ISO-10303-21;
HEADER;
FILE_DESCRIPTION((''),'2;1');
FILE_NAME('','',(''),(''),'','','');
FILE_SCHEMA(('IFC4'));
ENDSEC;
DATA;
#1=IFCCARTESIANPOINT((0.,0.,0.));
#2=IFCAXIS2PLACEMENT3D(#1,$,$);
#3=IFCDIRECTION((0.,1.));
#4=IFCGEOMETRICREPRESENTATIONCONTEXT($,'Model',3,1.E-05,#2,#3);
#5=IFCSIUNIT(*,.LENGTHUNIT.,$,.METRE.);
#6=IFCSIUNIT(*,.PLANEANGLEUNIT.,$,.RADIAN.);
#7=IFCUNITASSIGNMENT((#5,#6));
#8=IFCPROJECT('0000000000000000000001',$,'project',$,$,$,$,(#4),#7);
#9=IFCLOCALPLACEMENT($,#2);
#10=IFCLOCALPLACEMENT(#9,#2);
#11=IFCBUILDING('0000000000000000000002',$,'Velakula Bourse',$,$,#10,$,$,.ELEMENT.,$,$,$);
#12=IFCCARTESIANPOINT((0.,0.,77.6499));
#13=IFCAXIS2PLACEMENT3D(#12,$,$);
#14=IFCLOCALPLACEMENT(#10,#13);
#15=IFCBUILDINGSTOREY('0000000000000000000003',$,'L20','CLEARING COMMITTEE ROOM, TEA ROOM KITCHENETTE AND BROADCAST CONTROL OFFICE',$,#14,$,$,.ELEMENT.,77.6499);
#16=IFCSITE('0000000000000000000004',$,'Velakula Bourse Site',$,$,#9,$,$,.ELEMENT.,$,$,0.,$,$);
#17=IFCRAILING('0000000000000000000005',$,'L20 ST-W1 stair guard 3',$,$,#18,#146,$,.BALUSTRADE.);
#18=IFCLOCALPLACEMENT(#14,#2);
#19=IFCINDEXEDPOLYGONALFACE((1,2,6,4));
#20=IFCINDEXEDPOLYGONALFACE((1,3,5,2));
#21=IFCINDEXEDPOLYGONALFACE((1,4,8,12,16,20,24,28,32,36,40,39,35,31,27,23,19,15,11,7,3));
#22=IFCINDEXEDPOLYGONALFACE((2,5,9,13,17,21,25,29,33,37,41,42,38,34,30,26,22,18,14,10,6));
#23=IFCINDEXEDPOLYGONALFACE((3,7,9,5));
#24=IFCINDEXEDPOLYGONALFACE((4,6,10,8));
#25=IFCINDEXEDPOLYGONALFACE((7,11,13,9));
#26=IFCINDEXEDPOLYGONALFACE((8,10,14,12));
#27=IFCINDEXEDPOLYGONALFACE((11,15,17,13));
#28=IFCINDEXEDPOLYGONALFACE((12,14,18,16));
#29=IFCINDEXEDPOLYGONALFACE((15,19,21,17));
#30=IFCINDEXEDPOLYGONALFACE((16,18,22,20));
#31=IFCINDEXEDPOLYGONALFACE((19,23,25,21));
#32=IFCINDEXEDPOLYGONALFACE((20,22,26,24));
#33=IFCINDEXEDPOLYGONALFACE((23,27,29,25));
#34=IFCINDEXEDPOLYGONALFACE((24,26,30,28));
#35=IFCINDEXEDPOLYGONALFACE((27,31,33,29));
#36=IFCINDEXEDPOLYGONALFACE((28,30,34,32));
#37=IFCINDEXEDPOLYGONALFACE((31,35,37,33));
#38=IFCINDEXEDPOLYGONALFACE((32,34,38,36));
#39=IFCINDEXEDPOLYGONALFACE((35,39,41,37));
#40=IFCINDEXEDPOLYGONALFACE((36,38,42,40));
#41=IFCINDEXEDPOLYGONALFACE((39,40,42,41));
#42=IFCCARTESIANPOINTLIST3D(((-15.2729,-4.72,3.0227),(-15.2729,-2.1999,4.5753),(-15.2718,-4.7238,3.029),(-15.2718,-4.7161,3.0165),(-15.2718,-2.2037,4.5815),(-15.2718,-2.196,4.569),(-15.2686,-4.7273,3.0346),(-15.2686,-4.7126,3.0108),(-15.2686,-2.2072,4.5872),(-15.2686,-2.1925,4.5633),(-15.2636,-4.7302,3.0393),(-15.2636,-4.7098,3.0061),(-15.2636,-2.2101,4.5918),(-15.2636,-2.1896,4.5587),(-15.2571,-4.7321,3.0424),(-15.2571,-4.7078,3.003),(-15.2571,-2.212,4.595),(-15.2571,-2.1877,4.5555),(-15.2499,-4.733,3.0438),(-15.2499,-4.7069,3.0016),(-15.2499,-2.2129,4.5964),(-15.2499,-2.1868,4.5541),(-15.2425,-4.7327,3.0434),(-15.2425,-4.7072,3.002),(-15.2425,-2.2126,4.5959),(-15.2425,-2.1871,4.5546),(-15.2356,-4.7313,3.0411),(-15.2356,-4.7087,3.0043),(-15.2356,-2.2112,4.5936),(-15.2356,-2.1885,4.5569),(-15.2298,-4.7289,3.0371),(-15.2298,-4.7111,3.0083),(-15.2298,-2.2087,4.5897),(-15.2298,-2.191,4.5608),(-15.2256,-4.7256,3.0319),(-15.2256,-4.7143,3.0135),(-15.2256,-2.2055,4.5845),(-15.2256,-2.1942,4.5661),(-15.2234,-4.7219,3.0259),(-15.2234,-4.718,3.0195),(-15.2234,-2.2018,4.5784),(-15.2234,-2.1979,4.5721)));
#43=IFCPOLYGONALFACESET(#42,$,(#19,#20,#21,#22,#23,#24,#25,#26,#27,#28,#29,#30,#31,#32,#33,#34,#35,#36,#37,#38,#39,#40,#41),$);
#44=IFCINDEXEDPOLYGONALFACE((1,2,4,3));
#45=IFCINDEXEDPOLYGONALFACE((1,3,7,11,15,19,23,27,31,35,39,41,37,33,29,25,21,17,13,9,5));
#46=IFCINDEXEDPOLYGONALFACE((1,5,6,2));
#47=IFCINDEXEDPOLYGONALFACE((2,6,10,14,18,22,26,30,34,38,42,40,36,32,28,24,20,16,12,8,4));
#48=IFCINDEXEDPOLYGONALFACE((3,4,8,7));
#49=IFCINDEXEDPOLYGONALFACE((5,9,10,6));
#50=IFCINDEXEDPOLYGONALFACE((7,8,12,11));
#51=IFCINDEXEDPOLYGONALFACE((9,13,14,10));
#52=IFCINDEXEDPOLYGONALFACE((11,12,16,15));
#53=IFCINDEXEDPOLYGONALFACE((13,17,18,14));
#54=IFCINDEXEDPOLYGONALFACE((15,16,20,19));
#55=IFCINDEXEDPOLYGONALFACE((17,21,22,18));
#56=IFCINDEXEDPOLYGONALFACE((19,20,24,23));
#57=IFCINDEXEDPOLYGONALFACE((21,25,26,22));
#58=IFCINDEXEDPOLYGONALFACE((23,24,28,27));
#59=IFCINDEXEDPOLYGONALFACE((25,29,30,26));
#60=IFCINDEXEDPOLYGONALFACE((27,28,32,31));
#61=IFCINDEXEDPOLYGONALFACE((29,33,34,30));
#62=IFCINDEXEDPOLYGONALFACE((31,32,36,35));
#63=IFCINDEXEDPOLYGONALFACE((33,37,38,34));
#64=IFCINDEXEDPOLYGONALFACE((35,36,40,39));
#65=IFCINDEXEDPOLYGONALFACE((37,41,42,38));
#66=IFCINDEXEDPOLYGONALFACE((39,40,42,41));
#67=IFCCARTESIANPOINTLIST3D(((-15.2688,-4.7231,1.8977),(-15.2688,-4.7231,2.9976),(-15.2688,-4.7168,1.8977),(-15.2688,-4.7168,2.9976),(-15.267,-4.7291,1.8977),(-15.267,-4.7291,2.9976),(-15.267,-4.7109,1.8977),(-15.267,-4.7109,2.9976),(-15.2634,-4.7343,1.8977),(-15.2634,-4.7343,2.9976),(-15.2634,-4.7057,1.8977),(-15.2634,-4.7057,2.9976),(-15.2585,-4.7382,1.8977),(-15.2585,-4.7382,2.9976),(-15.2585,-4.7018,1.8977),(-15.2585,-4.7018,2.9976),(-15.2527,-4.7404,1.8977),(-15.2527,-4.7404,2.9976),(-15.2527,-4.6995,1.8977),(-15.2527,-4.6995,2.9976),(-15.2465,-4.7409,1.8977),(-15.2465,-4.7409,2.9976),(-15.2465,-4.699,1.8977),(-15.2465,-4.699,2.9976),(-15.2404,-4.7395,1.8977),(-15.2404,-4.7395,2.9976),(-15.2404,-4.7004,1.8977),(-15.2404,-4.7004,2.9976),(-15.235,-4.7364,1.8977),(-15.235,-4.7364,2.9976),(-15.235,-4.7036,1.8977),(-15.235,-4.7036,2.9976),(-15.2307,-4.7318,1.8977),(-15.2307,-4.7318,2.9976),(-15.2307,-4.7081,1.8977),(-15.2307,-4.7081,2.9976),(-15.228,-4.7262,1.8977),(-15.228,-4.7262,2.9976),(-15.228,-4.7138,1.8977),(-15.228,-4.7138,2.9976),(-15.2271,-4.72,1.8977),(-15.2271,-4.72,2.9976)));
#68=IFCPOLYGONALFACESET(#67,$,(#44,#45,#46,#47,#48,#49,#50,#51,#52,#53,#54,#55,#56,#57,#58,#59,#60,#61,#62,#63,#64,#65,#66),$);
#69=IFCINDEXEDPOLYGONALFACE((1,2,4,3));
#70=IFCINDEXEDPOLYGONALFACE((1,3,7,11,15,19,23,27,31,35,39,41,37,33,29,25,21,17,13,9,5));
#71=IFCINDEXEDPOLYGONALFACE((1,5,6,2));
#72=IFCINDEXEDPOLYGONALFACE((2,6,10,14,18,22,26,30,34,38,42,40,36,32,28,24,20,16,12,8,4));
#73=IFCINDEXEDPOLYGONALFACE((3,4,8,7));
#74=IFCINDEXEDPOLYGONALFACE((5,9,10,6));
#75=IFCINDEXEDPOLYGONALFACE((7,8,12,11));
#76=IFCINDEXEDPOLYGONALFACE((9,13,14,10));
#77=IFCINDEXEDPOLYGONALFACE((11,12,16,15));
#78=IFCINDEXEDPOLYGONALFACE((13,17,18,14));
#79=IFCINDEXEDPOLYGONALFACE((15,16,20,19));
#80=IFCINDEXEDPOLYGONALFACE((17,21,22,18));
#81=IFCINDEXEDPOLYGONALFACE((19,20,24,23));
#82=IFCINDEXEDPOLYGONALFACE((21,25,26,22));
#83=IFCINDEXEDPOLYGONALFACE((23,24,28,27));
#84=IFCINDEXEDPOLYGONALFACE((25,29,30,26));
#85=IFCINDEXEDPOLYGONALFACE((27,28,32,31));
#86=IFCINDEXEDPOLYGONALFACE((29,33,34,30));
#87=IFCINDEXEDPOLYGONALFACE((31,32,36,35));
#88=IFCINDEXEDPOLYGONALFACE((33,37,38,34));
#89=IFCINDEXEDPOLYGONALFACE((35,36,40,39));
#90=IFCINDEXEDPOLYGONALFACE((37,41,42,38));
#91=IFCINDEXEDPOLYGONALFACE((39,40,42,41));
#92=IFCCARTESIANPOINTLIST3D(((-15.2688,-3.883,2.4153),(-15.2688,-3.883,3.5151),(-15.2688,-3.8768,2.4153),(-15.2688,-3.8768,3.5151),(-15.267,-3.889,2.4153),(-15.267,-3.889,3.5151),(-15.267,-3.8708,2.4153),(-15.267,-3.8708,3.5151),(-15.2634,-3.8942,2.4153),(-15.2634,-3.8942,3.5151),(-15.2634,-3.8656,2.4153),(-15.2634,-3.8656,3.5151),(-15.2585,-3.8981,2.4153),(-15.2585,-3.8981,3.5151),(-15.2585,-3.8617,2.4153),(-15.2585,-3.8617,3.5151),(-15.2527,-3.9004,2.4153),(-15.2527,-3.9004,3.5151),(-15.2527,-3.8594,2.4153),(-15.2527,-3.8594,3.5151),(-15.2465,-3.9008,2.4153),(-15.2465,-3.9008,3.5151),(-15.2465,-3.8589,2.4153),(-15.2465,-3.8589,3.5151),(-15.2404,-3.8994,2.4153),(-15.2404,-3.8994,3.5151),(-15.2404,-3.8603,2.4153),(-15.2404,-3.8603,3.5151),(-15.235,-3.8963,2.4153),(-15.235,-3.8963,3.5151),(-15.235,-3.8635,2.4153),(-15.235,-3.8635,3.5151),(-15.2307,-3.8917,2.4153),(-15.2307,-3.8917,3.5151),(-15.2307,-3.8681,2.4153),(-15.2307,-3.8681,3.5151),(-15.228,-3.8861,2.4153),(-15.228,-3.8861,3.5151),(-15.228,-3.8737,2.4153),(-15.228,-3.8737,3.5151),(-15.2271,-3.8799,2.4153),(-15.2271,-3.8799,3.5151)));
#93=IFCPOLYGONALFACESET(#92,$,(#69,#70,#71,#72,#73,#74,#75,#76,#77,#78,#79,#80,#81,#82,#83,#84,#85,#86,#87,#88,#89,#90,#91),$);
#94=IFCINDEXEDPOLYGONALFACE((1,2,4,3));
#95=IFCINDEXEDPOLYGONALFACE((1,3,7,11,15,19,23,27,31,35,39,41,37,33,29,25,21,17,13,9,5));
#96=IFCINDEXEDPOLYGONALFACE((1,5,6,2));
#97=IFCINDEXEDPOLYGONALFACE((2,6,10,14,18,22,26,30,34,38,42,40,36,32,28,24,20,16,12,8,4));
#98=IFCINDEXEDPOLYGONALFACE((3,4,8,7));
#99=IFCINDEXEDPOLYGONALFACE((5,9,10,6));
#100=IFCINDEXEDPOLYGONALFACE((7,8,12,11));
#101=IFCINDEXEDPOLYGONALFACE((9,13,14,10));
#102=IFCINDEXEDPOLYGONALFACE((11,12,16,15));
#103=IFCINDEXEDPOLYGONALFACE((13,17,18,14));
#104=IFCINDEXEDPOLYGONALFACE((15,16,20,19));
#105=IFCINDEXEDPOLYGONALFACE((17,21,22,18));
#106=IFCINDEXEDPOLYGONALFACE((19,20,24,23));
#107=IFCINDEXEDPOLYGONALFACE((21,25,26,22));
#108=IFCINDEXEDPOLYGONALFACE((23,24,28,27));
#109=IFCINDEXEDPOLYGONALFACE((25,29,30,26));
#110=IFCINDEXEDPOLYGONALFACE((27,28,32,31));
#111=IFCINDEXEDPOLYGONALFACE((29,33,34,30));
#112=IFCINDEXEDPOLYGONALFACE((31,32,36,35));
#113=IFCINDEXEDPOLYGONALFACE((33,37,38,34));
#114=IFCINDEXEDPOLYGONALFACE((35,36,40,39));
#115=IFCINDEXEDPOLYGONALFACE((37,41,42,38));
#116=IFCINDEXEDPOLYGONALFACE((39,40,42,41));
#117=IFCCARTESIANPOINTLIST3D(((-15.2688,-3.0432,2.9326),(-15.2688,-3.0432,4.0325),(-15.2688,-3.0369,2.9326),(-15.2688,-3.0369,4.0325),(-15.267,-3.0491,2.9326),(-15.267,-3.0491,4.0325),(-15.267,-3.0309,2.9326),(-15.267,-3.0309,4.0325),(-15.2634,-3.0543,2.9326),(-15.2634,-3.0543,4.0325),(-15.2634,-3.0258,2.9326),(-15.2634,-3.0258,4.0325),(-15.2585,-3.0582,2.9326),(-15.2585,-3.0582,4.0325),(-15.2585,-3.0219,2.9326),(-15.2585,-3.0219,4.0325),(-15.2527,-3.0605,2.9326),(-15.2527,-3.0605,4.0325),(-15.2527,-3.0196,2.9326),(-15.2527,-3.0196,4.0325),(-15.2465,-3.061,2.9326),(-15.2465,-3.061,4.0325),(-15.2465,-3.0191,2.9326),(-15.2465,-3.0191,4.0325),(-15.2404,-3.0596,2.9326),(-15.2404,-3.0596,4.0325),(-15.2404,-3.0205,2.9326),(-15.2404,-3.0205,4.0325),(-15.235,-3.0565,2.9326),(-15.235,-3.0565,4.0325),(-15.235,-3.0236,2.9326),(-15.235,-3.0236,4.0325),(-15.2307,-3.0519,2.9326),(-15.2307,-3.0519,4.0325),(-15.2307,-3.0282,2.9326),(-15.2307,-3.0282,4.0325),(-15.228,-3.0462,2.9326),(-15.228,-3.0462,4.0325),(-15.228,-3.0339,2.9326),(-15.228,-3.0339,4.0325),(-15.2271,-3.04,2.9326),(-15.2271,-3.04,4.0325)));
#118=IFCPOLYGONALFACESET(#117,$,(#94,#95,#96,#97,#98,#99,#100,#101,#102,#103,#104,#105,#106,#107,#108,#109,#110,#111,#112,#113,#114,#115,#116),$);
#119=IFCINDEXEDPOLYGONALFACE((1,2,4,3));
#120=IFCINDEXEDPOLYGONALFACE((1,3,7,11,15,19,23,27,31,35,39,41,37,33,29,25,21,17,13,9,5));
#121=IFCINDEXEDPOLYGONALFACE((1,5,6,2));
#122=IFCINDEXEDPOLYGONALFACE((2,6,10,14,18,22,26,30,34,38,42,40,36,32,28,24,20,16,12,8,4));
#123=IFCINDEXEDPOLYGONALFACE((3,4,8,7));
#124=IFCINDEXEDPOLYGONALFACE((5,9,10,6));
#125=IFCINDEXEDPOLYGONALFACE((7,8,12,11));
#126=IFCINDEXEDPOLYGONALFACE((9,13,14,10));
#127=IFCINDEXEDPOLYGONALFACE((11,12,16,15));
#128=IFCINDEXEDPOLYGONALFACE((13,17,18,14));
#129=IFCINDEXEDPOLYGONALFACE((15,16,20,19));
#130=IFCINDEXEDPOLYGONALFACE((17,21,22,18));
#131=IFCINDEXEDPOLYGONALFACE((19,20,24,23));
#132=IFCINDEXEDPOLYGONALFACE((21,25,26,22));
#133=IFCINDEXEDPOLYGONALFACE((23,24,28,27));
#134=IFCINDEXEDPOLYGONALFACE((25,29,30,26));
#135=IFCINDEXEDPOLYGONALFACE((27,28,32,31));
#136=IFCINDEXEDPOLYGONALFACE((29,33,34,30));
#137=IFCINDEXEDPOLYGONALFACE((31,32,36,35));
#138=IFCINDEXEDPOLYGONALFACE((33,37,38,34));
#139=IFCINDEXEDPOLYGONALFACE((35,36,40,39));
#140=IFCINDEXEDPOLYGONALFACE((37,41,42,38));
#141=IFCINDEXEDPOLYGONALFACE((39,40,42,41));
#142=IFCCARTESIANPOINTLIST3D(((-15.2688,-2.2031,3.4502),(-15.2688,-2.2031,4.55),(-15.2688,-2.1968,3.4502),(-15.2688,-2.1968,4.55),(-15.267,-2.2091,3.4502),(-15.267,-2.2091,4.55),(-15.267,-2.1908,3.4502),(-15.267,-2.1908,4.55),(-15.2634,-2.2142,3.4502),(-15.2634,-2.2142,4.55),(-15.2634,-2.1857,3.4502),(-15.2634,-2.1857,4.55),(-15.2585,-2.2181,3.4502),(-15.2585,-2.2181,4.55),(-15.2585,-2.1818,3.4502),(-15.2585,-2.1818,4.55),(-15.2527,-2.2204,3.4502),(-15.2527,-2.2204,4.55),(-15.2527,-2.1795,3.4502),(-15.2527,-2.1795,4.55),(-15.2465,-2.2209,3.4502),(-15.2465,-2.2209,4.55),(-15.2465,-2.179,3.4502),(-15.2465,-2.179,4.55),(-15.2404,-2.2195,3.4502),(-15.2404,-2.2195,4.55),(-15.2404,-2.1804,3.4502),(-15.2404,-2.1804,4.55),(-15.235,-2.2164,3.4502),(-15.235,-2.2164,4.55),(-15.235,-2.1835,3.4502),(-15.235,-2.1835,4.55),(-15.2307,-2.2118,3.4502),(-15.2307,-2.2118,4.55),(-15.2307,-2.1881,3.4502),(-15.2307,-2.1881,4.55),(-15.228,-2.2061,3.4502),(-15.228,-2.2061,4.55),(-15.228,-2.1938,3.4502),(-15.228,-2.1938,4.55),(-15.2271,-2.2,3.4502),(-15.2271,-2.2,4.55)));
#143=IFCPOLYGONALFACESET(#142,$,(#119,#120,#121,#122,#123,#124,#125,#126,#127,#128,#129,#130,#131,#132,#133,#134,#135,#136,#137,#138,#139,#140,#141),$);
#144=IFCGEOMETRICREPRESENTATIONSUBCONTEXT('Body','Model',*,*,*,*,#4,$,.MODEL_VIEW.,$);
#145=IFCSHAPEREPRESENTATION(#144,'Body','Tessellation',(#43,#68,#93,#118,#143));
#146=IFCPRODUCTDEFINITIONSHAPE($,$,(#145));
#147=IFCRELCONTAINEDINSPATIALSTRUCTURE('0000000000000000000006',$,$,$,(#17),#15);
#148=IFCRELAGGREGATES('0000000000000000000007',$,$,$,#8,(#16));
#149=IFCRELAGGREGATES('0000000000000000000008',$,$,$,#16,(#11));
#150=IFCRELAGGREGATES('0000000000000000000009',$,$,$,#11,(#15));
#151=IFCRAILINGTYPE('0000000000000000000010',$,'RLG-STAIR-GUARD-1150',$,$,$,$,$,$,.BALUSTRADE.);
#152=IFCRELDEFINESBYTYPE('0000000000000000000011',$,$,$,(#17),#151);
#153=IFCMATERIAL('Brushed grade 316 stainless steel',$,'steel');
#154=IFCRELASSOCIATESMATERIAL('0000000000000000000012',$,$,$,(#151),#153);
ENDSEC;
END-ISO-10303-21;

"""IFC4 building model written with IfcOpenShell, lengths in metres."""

from ifc_helpers import new_model, si_unit, direction, frame, origin, origin_2d, place, context, subcontext, project, spatial, circle, extrude, material, type_object, element, save


model = new_model("IFC4")

# Units and contexts
model_context = context("Model", 3, precision=1e-05, world=origin(), true_north=direction((0.0, 1.0)))
body_context = subcontext(model_context, "Body", "Model", "MODEL_VIEW")
ifc_project = project(units=[si_unit("LENGTHUNIT", "METRE"), si_unit("PLANEANGLEUNIT", "RADIAN")], contexts=[model_context])

# Site, building, storey
site_placement = place(None, origin())
site = spatial("IfcSite", under=ifc_project, at=site_placement, Name="Velakula Bourse Site", CompositionType="ELEMENT", RefElevation=0.0)
building_placement = place(site_placement, origin())
building = spatial("IfcBuilding", under=site, at=building_placement, Name="Velakula Bourse", CompositionType="ELEMENT")
storey_placement = place(building_placement, frame((0.0, 0.0, 77.6499)))
storey = spatial("IfcBuildingStorey", under=building, at=storey_placement, Name="L20", Description="CLEARING COMMITTEE ROOM, TEA ROOM KITCHENETTE AND BROADCAST CONTROL OFFICE", CompositionType="ELEMENT", Elevation=77.6499)

# Shared definitions
ifc_material_1 = material(Name="Brushed grade 316 stainless steel", Category="steel")

# Railing
railing_type_1 = type_object("IfcRailingType", Name="RLG-STAIR-GUARD-1150", PredefinedType="BALUSTRADE", material=ifc_material_1)
railing_1_placement = place(storey_placement, frame((-15.248, -4.72, 1.8977)))
element("IfcRailing", 1, at=railing_1_placement, inside=storey, type_object=railing_type_1, Name="L20 ST-W1 stair guard 3", PredefinedType="BALUSTRADE", context=body_context, shape_type="SweptSolid", body=[
    extrude(circle(Radius=0.0249, at=origin_2d()), frame((0.0, 0.0, 1.125), z_axis=(0.0, 0.8514, 0.524516), x_axis=(-1.0, 0.0, 0.0)), (0.0, 0.0, 1.0), 2.96),
    extrude(circle(Radius=0.021, at=origin_2d()), origin(), (0.0, 0.0, 1.0), 1.0999),
    extrude(circle(Radius=0.021, at=origin_2d()), frame((0.0, 0.8401, 0.5176)), (0.0, 0.0, 1.0), 1.0999),
    extrude(circle(Radius=0.021, at=origin_2d()), frame((0.0, 1.6799, 1.0349)), (0.0, 0.0, 1.0), 1.0999),
    extrude(circle(Radius=0.021, at=origin_2d()), frame((0.0, 2.52, 1.5525)), (0.0, 0.0, 1.0), 1.0999),
])

save(model, "model.ifc")
